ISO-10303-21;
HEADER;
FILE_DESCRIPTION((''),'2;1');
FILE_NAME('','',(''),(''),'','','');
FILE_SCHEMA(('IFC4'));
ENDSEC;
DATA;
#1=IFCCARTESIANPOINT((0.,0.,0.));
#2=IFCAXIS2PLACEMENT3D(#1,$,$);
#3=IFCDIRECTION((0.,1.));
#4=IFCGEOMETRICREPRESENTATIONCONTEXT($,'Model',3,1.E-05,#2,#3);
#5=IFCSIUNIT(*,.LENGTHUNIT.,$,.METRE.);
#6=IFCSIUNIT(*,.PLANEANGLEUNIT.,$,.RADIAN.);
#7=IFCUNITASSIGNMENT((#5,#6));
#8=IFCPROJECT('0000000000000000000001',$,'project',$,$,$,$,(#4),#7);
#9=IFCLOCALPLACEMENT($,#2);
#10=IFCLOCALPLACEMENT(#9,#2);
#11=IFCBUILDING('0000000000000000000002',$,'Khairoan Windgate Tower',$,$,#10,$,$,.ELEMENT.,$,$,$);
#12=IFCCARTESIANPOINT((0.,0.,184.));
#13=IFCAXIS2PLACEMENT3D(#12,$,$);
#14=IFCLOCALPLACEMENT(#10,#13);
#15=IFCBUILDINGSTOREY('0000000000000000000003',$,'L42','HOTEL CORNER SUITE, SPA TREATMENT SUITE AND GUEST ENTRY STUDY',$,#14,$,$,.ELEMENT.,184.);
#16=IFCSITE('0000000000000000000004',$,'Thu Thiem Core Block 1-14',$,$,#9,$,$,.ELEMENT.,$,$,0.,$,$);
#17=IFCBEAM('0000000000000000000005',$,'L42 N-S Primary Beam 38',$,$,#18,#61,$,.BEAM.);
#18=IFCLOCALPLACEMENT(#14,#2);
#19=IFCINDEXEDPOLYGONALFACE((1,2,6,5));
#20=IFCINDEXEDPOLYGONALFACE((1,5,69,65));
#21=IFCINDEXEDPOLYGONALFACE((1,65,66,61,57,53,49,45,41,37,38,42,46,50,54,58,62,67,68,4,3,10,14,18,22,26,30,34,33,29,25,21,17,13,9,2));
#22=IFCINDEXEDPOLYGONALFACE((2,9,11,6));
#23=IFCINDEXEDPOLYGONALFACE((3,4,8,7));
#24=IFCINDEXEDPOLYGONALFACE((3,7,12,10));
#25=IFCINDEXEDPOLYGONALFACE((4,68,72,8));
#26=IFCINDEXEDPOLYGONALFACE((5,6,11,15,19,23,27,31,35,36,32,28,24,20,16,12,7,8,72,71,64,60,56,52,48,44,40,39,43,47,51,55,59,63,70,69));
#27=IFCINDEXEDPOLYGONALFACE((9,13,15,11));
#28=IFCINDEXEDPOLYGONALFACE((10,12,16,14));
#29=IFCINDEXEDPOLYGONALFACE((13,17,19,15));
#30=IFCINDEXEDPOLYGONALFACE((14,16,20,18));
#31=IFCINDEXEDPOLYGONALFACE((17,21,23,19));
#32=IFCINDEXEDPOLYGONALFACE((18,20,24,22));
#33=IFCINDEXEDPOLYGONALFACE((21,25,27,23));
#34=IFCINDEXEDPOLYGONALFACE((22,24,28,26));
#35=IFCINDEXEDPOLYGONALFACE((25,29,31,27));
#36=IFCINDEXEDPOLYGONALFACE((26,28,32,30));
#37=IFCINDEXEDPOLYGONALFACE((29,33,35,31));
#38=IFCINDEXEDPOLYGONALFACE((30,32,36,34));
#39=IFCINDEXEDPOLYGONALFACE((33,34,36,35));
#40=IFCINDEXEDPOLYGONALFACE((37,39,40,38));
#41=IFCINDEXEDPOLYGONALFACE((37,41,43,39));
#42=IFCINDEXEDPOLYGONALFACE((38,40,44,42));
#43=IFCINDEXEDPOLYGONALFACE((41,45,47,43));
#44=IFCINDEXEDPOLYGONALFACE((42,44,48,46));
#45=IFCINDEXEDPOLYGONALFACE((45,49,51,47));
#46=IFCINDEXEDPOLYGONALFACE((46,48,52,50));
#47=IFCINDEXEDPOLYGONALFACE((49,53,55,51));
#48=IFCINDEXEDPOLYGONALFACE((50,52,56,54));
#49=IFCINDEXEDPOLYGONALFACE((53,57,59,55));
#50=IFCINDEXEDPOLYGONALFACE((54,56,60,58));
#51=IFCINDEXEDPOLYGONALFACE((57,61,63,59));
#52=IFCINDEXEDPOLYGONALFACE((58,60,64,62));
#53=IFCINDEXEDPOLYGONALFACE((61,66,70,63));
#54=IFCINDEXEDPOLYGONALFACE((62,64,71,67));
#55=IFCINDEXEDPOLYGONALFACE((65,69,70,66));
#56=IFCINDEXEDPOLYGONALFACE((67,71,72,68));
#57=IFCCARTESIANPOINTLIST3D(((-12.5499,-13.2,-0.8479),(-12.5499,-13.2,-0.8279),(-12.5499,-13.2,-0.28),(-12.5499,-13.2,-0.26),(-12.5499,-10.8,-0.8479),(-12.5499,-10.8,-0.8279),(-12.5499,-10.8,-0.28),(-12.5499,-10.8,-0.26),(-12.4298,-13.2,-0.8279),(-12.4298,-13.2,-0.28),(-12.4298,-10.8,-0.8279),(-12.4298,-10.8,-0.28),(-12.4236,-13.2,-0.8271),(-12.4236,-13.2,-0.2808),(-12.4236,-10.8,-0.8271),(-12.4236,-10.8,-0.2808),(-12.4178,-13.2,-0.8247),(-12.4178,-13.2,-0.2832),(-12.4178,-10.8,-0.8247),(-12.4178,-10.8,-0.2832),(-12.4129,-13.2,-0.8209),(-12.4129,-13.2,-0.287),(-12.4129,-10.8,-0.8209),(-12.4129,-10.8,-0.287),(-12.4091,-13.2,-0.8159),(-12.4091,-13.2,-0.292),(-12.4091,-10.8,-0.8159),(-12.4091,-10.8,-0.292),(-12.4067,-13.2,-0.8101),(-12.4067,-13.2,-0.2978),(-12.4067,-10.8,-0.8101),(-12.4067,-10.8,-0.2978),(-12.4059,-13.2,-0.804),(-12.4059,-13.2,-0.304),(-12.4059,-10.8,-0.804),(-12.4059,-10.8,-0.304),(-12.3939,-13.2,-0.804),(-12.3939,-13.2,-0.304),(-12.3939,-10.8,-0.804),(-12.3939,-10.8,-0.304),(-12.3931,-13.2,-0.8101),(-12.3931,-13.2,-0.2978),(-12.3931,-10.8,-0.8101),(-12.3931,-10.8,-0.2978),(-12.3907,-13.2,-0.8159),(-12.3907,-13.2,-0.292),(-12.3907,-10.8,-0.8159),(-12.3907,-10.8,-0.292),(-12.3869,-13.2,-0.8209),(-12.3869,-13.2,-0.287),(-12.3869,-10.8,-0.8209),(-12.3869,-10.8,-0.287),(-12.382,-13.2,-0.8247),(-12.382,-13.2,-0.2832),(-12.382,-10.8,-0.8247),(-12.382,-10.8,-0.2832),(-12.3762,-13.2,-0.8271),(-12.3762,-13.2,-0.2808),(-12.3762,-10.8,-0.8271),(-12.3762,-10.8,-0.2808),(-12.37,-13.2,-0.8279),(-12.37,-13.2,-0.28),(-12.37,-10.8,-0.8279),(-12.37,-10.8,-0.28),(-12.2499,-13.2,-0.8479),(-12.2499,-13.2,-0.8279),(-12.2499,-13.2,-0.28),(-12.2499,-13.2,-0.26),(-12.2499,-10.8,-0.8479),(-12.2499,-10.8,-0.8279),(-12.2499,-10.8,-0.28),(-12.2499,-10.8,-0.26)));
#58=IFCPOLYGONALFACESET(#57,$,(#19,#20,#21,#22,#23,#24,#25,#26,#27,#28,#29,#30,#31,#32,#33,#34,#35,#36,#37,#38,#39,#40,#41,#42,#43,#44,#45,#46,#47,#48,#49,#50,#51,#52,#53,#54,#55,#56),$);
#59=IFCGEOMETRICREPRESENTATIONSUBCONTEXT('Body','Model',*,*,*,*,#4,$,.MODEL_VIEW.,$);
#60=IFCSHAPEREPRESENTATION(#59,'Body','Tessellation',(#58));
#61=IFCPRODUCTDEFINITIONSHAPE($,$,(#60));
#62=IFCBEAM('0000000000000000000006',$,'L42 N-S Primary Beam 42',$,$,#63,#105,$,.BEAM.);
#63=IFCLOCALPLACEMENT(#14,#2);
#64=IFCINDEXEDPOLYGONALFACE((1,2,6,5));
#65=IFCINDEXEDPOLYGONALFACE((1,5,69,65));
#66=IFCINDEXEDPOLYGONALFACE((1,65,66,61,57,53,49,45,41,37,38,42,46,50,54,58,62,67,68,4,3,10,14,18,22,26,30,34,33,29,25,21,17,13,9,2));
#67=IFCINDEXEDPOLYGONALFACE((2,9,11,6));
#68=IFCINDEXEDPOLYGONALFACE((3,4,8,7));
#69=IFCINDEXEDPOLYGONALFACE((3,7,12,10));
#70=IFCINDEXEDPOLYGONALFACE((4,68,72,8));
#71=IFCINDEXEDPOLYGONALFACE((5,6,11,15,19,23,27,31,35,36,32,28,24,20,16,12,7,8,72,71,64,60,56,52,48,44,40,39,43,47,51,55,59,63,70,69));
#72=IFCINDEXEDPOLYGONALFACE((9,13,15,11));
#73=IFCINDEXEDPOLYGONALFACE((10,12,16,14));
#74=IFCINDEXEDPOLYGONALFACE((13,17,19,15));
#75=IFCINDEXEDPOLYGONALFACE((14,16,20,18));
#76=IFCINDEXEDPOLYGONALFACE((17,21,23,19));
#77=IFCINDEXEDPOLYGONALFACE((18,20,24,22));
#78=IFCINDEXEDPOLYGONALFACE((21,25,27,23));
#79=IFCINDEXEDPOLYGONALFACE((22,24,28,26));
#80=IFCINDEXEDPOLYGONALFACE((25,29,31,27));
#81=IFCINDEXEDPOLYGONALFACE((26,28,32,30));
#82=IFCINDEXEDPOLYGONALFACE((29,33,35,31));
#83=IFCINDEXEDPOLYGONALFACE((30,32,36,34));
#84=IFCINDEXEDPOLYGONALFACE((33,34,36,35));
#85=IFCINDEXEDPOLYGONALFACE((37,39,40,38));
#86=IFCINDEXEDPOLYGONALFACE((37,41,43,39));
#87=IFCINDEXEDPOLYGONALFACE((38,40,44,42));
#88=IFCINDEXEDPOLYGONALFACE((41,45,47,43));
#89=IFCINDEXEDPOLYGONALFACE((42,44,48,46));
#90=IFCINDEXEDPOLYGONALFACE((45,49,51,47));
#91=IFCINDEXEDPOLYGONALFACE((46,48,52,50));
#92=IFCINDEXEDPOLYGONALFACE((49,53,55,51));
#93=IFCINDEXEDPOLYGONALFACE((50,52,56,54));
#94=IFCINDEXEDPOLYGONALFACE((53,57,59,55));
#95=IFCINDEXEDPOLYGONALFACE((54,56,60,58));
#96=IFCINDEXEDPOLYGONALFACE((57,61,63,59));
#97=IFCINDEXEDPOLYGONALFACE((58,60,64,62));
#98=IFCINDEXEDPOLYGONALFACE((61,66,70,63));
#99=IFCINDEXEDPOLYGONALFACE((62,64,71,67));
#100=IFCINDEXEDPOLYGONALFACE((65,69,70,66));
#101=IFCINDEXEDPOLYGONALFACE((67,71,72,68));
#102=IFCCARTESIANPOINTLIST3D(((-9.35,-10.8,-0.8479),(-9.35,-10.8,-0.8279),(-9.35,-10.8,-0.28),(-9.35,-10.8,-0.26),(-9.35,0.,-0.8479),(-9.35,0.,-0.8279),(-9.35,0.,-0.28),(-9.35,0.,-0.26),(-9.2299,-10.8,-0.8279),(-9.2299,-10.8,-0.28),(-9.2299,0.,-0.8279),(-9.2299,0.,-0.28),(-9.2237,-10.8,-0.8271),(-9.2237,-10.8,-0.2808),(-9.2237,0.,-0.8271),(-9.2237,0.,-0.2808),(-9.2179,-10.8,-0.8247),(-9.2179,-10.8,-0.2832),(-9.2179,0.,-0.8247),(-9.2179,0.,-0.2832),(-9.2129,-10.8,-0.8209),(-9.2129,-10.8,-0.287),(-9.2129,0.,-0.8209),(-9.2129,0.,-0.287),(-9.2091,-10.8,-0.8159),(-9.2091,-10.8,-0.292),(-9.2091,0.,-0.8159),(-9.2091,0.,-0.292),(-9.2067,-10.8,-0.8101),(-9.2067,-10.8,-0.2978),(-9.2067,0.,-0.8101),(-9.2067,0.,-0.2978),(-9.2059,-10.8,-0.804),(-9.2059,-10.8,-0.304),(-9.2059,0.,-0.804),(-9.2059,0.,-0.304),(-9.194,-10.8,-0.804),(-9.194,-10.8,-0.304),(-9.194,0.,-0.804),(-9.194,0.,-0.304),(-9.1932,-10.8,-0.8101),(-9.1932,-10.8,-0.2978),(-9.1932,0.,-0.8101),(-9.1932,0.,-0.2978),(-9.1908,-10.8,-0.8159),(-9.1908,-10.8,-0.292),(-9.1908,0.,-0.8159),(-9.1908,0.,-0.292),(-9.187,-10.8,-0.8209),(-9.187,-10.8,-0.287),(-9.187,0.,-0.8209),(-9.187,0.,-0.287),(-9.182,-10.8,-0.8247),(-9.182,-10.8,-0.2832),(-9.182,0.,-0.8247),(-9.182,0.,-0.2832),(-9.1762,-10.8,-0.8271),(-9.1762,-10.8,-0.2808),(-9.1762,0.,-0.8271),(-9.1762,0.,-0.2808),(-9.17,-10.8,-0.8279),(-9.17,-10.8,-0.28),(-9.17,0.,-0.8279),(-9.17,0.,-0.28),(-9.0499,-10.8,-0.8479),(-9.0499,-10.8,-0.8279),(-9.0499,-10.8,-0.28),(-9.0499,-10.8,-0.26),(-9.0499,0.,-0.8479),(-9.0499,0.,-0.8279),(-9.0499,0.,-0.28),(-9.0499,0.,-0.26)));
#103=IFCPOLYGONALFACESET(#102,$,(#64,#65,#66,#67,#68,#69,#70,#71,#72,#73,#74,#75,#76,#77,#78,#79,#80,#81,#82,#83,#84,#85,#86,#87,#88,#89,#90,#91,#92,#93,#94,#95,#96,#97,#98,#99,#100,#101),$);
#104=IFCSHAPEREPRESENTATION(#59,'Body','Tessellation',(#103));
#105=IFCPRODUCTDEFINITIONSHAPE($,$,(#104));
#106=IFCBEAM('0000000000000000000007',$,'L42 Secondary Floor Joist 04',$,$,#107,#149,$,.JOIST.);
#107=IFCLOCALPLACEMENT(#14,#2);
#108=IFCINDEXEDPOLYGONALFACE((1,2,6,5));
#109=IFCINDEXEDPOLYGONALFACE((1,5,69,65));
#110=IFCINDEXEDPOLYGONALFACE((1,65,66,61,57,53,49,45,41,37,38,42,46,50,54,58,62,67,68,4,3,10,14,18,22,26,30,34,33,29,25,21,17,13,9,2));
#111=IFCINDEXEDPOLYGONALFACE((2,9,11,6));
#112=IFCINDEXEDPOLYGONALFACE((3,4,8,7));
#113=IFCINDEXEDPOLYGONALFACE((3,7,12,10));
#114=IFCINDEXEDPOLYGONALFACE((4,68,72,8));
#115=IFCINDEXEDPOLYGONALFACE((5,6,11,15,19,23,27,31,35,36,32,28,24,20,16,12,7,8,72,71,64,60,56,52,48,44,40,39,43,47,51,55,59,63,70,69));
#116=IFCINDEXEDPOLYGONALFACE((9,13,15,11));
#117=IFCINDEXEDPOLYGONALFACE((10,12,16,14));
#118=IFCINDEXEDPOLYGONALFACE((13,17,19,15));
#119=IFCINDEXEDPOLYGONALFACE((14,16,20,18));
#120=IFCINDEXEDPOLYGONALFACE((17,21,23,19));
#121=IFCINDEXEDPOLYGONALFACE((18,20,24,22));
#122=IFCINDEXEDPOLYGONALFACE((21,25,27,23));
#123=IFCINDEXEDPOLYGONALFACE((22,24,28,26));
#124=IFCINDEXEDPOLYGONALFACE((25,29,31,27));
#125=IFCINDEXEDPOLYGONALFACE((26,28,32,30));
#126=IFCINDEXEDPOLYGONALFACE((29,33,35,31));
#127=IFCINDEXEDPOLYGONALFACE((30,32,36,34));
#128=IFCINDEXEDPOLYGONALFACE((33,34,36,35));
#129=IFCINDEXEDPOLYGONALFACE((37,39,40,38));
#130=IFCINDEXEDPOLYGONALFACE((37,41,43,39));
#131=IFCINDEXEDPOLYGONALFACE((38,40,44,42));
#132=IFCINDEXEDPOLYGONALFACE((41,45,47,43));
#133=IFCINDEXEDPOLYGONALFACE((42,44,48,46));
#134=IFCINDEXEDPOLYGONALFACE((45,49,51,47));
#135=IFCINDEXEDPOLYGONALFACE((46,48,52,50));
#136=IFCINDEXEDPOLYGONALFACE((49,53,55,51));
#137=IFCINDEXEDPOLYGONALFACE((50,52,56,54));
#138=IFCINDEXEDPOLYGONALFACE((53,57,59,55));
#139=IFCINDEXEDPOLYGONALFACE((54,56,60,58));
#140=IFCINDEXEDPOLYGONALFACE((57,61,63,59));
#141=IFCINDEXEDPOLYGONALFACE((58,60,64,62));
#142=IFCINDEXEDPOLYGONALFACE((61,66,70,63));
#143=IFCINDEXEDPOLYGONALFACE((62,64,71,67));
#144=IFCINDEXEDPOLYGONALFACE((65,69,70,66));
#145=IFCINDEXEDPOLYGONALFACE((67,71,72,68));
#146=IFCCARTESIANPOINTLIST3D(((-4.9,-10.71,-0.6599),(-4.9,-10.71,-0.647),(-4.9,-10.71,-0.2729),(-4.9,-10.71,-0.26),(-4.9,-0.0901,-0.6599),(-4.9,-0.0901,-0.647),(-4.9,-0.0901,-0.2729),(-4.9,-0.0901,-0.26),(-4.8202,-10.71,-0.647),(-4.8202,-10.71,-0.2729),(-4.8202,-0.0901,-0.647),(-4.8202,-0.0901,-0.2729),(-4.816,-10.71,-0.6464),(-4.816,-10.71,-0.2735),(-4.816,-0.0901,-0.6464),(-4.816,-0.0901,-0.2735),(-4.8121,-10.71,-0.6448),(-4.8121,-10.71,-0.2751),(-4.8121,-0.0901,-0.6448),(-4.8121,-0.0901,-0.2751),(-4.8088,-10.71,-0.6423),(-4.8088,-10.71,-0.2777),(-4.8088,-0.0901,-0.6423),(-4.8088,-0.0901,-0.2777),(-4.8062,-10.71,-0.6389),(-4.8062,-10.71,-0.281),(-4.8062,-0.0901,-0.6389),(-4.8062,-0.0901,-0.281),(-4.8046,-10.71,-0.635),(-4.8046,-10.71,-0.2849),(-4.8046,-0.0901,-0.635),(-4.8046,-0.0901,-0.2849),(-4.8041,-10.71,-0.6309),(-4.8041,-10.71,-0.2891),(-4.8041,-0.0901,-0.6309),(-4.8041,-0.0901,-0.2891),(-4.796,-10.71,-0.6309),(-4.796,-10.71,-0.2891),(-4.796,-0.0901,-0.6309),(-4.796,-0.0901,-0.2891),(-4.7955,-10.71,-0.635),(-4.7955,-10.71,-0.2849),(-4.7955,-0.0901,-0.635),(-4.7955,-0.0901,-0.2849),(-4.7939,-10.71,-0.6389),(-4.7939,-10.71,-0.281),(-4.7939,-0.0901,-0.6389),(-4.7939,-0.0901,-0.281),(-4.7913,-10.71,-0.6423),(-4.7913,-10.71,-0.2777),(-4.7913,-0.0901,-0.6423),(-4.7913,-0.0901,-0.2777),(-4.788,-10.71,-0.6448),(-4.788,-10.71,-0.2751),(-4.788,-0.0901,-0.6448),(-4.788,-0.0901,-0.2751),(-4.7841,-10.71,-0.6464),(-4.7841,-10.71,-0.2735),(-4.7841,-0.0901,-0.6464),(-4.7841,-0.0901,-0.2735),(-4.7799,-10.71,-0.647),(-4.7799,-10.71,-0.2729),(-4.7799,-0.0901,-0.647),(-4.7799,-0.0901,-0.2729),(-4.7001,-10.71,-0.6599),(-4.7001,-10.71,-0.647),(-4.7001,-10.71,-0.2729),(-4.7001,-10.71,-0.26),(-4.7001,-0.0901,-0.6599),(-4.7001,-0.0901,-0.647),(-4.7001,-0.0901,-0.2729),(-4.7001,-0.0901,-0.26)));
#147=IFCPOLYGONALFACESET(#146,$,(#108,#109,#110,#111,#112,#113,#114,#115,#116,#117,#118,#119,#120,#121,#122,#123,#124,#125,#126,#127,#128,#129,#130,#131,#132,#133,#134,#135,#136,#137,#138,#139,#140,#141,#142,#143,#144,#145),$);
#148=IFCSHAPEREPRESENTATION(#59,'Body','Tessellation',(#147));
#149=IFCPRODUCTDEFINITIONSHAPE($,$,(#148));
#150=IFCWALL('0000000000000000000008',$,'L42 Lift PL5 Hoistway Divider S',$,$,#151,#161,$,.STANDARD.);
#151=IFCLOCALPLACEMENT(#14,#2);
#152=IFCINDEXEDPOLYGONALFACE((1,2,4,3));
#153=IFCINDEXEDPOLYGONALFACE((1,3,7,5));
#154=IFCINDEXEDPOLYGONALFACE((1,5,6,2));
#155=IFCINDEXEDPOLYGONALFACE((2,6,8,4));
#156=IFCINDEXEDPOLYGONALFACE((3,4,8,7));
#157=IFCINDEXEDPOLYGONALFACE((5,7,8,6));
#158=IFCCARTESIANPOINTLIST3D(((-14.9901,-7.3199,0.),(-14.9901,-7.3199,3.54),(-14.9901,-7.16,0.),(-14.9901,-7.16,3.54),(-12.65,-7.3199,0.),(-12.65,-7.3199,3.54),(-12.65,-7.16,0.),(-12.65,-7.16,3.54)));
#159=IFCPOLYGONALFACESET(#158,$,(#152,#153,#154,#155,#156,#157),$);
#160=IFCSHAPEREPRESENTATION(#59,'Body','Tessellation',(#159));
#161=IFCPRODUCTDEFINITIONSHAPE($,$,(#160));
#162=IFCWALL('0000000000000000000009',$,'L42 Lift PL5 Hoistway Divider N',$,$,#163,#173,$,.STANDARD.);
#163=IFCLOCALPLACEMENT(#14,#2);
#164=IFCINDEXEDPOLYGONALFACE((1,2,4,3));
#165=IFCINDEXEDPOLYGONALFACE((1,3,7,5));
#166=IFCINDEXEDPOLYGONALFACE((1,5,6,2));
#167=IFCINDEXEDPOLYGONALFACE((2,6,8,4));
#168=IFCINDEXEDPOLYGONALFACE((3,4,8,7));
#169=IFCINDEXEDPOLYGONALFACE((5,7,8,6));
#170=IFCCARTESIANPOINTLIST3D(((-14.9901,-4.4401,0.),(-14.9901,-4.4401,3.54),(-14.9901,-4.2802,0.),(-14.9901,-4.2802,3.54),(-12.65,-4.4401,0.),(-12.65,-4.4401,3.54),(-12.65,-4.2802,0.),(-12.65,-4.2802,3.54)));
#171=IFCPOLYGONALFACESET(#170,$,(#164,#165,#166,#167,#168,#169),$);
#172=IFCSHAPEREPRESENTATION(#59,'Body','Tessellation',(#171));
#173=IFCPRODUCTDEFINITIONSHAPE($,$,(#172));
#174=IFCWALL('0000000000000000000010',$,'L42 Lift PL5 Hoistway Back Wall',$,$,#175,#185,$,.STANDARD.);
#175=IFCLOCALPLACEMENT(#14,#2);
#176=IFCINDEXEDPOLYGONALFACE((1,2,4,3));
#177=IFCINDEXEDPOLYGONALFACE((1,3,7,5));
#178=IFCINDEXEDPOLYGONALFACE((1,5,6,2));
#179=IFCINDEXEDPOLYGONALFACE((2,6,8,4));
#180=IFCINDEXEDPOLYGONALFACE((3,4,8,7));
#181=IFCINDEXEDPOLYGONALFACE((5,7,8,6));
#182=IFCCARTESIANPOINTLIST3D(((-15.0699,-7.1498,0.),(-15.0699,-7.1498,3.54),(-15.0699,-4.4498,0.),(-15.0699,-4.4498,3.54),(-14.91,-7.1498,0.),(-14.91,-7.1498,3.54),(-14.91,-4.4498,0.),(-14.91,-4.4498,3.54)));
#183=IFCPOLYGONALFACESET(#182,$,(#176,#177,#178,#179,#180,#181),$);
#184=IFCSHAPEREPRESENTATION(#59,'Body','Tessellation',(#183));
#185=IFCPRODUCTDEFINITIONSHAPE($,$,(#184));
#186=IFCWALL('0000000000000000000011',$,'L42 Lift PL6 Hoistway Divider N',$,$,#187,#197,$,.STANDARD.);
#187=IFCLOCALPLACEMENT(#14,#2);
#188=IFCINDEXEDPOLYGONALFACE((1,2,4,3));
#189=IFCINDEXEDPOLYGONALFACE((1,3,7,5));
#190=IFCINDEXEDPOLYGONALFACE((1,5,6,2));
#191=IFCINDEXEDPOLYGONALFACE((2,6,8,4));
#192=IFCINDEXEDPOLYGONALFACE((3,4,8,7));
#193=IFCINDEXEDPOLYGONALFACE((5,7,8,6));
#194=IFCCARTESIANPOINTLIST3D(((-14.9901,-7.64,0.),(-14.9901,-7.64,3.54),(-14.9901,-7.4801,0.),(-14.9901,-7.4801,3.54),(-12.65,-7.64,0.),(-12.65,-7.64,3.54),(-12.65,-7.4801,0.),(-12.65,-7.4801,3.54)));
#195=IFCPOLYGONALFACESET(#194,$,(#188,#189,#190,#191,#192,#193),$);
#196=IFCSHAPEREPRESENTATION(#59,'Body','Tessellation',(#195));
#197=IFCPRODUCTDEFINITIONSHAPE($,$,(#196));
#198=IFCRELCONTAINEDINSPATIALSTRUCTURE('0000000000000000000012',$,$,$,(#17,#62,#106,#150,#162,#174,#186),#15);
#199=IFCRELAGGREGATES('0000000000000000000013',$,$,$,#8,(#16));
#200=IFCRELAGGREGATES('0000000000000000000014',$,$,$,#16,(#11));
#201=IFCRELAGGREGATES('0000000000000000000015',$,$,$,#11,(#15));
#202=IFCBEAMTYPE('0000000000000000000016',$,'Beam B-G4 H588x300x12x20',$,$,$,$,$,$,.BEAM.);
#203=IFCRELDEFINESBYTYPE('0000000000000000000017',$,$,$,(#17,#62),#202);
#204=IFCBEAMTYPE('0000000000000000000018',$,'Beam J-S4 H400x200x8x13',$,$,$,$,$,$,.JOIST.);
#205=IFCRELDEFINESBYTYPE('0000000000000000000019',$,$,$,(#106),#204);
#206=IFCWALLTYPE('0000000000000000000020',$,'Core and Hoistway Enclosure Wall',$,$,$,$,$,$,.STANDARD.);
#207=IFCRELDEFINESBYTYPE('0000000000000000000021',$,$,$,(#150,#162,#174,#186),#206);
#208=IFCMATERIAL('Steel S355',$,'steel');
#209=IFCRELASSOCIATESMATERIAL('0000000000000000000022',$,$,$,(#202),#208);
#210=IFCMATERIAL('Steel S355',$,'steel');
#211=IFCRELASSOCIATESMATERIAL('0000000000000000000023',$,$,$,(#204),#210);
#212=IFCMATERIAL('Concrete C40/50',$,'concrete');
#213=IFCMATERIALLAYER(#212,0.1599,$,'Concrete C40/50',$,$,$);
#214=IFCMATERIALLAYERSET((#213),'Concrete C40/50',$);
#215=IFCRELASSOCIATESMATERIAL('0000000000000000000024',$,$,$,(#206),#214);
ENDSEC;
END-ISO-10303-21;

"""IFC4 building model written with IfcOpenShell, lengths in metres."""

from ifc_helpers import new_model, si_unit, direction, frame, frame_2d, origin, origin_2d, place, context, subcontext, project, spatial, rectangle, i_section, extrude, material, layer, layer_set, material_profile, profile_set, type_object, element, save


model = new_model("IFC4")

# Units and contexts
model_context = context("Model", 3, precision=1e-05, world=origin(), true_north=direction((0.0, 1.0)))
body_context = subcontext(model_context, "Body", "Model", "MODEL_VIEW")
ifc_project = project(units=[si_unit("LENGTHUNIT", "METRE"), si_unit("PLANEANGLEUNIT", "RADIAN")], contexts=[model_context])

# Site, building, storey
site_placement = place(None, origin())
site = spatial("IfcSite", under=ifc_project, at=site_placement, Name="Thu Thiem Core Block 1-14", CompositionType="ELEMENT", RefElevation=0.0)
building_placement = place(site_placement, origin())
building = spatial("IfcBuilding", under=site, at=building_placement, Name="Khairoan Windgate Tower", CompositionType="ELEMENT")
storey_placement = place(building_placement, frame((0.0, 0.0, 184.0)))
storey = spatial("IfcBuildingStorey", under=building, at=storey_placement, Name="L42", Description="HOTEL CORNER SUITE, SPA TREATMENT SUITE AND GUEST ENTRY STUDY", CompositionType="ELEMENT", Elevation=184.0)

# Beams
ifc_material_1 = material(Name="Steel S355", Category="steel")
ifc_material_profile_1 = material_profile(ifc_material_1, i_section(OverallWidth=0.3, OverallDepth=0.5879, WebThickness=0.012, FlangeThickness=0.02, FilletRadius=0.0239, at=origin_2d()))
ifc_profile_set_1 = profile_set([ifc_material_profile_1], Name="Steel S355")
beam_type_1 = type_object("IfcBeamType", Name="Beam B-G4 H588x300x12x20", PredefinedType="BEAM", material=ifc_profile_set_1)
beam_1_placement = place(storey_placement, frame((-12.3999, -13.2, -0.554), z_axis=(0.0, 1.0, 0.0), x_axis=(-1.0, 0.0, 0.0)))
element("IfcBeam", 1, at=beam_1_placement, inside=storey, type_object=beam_type_1, Name="L42 N-S Primary Beam 38", PredefinedType="BEAM", context=body_context, shape_type="SweptSolid", body=[
    extrude(i_section(OverallWidth=0.3, OverallDepth=0.5879, WebThickness=0.012, FlangeThickness=0.02, FilletRadius=0.0239, at=origin_2d()), origin(), (0.0, 0.0, 1.0), 2.3999),
])
beam_2_placement = place(storey_placement, frame((-9.2, -10.8, -0.554), z_axis=(0.0, 1.0, 0.0), x_axis=(-1.0, 0.0, 0.0)))
element("IfcBeam", 2, at=beam_2_placement, inside=storey, type_object=beam_type_1, Name="L42 N-S Primary Beam 42", PredefinedType="BEAM", context=body_context, shape_type="SweptSolid", body=[
    extrude(i_section(OverallWidth=0.3, OverallDepth=0.5879, WebThickness=0.012, FlangeThickness=0.02, FilletRadius=0.0239, at=origin_2d()), origin(), (0.0, 0.0, 1.0), 10.8),
])
ifc_material_2 = material(Name="Steel S355", Category="steel")
ifc_material_profile_2 = material_profile(ifc_material_2, i_section(OverallWidth=0.2, OverallDepth=0.3999, WebThickness=0.0081, FlangeThickness=0.0129, FilletRadius=0.0161, at=origin_2d()))
ifc_profile_set_2 = profile_set([ifc_material_profile_2], Name="Steel S355")
beam_type_2 = type_object("IfcBeamType", Name="Beam J-S4 H400x200x8x13", PredefinedType="JOIST", material=ifc_profile_set_2)
beam_3_placement = place(storey_placement, frame((-4.8, -10.71, -0.46), z_axis=(0.0, 1.0, 0.0), x_axis=(-1.0, 0.0, 0.0)))
element("IfcBeam", 3, at=beam_3_placement, inside=storey, type_object=beam_type_2, Name="L42 Secondary Floor Joist 04", PredefinedType="JOIST", context=body_context, shape_type="SweptSolid", body=[
    extrude(i_section(OverallWidth=0.2, OverallDepth=0.3999, WebThickness=0.0081, FlangeThickness=0.0129, FilletRadius=0.0161, at=origin_2d()), origin(), (0.0, 0.0, 1.0), 10.6199),
])

# Walls
ifc_material_3 = material(Name="Concrete C40/50", Category="concrete")
ifc_layer_1 = layer(ifc_material_3, 0.1599, Name="Concrete C40/50")
ifc_layer_set_1 = layer_set([ifc_layer_1], Name="Concrete C40/50")
wall_type_1 = type_object("IfcWallType", Name="Core and Hoistway Enclosure Wall", PredefinedType="STANDARD", material=ifc_layer_set_1)
for number, where, z_axis, x_axis, name in (
    (4, (-14.99, -7.24, 0.0), (0.0, 0.0, 1.0), (1.0, 0.0, 0.0), "L42 Lift PL5 Hoistway Divider S"),
    (5, (-14.99, -4.3601, 0.0), (0.0, 0.0, 1.0), (1.0, 0.0, 0.0), "L42 Lift PL5 Hoistway Divider N"),
):
    element("IfcWall", number, at=place(storey_placement, frame(where, z_axis=z_axis, x_axis=x_axis)), inside=storey, type_object=wall_type_1, Name=name, PredefinedType="STANDARD", context=body_context, shape_type="SweptSolid", body=[
        extrude(rectangle(XDim=2.3401, YDim=0.1599, at=frame_2d((1.1699, 0.0))), origin(), (0.0, 0.0, 1.0), 3.54),
    ])
wall_1_placement = place(storey_placement, frame((-14.99, -7.1499, 0.0), z_axis=(0.0, 0.0, 1.0), x_axis=(0.0, 1.0, 0.0)))
element("IfcWall", 6, at=wall_1_placement, inside=storey, type_object=wall_type_1, Name="L42 Lift PL5 Hoistway Back Wall", PredefinedType="STANDARD", context=body_context, shape_type="SweptSolid", body=[
    extrude(rectangle(XDim=2.7, YDim=0.1599, at=frame_2d((1.3501, 0.0))), origin(), (0.0, 0.0, 1.0), 3.54),
])
wall_2_placement = place(storey_placement, frame((-14.99, -7.5601, 0.0), z_axis=(0.0, 0.0, 1.0), x_axis=(1.0, 0.0, 0.0)))
element("IfcWall", 7, at=wall_2_placement, inside=storey, type_object=wall_type_1, Name="L42 Lift PL6 Hoistway Divider N", PredefinedType="STANDARD", context=body_context, shape_type="SweptSolid", body=[
    extrude(rectangle(XDim=2.3401, YDim=0.1599, at=frame_2d((1.1699, 0.0))), origin(), (0.0, 0.0, 1.0), 3.54),
])

save(model, "model.ifc")
